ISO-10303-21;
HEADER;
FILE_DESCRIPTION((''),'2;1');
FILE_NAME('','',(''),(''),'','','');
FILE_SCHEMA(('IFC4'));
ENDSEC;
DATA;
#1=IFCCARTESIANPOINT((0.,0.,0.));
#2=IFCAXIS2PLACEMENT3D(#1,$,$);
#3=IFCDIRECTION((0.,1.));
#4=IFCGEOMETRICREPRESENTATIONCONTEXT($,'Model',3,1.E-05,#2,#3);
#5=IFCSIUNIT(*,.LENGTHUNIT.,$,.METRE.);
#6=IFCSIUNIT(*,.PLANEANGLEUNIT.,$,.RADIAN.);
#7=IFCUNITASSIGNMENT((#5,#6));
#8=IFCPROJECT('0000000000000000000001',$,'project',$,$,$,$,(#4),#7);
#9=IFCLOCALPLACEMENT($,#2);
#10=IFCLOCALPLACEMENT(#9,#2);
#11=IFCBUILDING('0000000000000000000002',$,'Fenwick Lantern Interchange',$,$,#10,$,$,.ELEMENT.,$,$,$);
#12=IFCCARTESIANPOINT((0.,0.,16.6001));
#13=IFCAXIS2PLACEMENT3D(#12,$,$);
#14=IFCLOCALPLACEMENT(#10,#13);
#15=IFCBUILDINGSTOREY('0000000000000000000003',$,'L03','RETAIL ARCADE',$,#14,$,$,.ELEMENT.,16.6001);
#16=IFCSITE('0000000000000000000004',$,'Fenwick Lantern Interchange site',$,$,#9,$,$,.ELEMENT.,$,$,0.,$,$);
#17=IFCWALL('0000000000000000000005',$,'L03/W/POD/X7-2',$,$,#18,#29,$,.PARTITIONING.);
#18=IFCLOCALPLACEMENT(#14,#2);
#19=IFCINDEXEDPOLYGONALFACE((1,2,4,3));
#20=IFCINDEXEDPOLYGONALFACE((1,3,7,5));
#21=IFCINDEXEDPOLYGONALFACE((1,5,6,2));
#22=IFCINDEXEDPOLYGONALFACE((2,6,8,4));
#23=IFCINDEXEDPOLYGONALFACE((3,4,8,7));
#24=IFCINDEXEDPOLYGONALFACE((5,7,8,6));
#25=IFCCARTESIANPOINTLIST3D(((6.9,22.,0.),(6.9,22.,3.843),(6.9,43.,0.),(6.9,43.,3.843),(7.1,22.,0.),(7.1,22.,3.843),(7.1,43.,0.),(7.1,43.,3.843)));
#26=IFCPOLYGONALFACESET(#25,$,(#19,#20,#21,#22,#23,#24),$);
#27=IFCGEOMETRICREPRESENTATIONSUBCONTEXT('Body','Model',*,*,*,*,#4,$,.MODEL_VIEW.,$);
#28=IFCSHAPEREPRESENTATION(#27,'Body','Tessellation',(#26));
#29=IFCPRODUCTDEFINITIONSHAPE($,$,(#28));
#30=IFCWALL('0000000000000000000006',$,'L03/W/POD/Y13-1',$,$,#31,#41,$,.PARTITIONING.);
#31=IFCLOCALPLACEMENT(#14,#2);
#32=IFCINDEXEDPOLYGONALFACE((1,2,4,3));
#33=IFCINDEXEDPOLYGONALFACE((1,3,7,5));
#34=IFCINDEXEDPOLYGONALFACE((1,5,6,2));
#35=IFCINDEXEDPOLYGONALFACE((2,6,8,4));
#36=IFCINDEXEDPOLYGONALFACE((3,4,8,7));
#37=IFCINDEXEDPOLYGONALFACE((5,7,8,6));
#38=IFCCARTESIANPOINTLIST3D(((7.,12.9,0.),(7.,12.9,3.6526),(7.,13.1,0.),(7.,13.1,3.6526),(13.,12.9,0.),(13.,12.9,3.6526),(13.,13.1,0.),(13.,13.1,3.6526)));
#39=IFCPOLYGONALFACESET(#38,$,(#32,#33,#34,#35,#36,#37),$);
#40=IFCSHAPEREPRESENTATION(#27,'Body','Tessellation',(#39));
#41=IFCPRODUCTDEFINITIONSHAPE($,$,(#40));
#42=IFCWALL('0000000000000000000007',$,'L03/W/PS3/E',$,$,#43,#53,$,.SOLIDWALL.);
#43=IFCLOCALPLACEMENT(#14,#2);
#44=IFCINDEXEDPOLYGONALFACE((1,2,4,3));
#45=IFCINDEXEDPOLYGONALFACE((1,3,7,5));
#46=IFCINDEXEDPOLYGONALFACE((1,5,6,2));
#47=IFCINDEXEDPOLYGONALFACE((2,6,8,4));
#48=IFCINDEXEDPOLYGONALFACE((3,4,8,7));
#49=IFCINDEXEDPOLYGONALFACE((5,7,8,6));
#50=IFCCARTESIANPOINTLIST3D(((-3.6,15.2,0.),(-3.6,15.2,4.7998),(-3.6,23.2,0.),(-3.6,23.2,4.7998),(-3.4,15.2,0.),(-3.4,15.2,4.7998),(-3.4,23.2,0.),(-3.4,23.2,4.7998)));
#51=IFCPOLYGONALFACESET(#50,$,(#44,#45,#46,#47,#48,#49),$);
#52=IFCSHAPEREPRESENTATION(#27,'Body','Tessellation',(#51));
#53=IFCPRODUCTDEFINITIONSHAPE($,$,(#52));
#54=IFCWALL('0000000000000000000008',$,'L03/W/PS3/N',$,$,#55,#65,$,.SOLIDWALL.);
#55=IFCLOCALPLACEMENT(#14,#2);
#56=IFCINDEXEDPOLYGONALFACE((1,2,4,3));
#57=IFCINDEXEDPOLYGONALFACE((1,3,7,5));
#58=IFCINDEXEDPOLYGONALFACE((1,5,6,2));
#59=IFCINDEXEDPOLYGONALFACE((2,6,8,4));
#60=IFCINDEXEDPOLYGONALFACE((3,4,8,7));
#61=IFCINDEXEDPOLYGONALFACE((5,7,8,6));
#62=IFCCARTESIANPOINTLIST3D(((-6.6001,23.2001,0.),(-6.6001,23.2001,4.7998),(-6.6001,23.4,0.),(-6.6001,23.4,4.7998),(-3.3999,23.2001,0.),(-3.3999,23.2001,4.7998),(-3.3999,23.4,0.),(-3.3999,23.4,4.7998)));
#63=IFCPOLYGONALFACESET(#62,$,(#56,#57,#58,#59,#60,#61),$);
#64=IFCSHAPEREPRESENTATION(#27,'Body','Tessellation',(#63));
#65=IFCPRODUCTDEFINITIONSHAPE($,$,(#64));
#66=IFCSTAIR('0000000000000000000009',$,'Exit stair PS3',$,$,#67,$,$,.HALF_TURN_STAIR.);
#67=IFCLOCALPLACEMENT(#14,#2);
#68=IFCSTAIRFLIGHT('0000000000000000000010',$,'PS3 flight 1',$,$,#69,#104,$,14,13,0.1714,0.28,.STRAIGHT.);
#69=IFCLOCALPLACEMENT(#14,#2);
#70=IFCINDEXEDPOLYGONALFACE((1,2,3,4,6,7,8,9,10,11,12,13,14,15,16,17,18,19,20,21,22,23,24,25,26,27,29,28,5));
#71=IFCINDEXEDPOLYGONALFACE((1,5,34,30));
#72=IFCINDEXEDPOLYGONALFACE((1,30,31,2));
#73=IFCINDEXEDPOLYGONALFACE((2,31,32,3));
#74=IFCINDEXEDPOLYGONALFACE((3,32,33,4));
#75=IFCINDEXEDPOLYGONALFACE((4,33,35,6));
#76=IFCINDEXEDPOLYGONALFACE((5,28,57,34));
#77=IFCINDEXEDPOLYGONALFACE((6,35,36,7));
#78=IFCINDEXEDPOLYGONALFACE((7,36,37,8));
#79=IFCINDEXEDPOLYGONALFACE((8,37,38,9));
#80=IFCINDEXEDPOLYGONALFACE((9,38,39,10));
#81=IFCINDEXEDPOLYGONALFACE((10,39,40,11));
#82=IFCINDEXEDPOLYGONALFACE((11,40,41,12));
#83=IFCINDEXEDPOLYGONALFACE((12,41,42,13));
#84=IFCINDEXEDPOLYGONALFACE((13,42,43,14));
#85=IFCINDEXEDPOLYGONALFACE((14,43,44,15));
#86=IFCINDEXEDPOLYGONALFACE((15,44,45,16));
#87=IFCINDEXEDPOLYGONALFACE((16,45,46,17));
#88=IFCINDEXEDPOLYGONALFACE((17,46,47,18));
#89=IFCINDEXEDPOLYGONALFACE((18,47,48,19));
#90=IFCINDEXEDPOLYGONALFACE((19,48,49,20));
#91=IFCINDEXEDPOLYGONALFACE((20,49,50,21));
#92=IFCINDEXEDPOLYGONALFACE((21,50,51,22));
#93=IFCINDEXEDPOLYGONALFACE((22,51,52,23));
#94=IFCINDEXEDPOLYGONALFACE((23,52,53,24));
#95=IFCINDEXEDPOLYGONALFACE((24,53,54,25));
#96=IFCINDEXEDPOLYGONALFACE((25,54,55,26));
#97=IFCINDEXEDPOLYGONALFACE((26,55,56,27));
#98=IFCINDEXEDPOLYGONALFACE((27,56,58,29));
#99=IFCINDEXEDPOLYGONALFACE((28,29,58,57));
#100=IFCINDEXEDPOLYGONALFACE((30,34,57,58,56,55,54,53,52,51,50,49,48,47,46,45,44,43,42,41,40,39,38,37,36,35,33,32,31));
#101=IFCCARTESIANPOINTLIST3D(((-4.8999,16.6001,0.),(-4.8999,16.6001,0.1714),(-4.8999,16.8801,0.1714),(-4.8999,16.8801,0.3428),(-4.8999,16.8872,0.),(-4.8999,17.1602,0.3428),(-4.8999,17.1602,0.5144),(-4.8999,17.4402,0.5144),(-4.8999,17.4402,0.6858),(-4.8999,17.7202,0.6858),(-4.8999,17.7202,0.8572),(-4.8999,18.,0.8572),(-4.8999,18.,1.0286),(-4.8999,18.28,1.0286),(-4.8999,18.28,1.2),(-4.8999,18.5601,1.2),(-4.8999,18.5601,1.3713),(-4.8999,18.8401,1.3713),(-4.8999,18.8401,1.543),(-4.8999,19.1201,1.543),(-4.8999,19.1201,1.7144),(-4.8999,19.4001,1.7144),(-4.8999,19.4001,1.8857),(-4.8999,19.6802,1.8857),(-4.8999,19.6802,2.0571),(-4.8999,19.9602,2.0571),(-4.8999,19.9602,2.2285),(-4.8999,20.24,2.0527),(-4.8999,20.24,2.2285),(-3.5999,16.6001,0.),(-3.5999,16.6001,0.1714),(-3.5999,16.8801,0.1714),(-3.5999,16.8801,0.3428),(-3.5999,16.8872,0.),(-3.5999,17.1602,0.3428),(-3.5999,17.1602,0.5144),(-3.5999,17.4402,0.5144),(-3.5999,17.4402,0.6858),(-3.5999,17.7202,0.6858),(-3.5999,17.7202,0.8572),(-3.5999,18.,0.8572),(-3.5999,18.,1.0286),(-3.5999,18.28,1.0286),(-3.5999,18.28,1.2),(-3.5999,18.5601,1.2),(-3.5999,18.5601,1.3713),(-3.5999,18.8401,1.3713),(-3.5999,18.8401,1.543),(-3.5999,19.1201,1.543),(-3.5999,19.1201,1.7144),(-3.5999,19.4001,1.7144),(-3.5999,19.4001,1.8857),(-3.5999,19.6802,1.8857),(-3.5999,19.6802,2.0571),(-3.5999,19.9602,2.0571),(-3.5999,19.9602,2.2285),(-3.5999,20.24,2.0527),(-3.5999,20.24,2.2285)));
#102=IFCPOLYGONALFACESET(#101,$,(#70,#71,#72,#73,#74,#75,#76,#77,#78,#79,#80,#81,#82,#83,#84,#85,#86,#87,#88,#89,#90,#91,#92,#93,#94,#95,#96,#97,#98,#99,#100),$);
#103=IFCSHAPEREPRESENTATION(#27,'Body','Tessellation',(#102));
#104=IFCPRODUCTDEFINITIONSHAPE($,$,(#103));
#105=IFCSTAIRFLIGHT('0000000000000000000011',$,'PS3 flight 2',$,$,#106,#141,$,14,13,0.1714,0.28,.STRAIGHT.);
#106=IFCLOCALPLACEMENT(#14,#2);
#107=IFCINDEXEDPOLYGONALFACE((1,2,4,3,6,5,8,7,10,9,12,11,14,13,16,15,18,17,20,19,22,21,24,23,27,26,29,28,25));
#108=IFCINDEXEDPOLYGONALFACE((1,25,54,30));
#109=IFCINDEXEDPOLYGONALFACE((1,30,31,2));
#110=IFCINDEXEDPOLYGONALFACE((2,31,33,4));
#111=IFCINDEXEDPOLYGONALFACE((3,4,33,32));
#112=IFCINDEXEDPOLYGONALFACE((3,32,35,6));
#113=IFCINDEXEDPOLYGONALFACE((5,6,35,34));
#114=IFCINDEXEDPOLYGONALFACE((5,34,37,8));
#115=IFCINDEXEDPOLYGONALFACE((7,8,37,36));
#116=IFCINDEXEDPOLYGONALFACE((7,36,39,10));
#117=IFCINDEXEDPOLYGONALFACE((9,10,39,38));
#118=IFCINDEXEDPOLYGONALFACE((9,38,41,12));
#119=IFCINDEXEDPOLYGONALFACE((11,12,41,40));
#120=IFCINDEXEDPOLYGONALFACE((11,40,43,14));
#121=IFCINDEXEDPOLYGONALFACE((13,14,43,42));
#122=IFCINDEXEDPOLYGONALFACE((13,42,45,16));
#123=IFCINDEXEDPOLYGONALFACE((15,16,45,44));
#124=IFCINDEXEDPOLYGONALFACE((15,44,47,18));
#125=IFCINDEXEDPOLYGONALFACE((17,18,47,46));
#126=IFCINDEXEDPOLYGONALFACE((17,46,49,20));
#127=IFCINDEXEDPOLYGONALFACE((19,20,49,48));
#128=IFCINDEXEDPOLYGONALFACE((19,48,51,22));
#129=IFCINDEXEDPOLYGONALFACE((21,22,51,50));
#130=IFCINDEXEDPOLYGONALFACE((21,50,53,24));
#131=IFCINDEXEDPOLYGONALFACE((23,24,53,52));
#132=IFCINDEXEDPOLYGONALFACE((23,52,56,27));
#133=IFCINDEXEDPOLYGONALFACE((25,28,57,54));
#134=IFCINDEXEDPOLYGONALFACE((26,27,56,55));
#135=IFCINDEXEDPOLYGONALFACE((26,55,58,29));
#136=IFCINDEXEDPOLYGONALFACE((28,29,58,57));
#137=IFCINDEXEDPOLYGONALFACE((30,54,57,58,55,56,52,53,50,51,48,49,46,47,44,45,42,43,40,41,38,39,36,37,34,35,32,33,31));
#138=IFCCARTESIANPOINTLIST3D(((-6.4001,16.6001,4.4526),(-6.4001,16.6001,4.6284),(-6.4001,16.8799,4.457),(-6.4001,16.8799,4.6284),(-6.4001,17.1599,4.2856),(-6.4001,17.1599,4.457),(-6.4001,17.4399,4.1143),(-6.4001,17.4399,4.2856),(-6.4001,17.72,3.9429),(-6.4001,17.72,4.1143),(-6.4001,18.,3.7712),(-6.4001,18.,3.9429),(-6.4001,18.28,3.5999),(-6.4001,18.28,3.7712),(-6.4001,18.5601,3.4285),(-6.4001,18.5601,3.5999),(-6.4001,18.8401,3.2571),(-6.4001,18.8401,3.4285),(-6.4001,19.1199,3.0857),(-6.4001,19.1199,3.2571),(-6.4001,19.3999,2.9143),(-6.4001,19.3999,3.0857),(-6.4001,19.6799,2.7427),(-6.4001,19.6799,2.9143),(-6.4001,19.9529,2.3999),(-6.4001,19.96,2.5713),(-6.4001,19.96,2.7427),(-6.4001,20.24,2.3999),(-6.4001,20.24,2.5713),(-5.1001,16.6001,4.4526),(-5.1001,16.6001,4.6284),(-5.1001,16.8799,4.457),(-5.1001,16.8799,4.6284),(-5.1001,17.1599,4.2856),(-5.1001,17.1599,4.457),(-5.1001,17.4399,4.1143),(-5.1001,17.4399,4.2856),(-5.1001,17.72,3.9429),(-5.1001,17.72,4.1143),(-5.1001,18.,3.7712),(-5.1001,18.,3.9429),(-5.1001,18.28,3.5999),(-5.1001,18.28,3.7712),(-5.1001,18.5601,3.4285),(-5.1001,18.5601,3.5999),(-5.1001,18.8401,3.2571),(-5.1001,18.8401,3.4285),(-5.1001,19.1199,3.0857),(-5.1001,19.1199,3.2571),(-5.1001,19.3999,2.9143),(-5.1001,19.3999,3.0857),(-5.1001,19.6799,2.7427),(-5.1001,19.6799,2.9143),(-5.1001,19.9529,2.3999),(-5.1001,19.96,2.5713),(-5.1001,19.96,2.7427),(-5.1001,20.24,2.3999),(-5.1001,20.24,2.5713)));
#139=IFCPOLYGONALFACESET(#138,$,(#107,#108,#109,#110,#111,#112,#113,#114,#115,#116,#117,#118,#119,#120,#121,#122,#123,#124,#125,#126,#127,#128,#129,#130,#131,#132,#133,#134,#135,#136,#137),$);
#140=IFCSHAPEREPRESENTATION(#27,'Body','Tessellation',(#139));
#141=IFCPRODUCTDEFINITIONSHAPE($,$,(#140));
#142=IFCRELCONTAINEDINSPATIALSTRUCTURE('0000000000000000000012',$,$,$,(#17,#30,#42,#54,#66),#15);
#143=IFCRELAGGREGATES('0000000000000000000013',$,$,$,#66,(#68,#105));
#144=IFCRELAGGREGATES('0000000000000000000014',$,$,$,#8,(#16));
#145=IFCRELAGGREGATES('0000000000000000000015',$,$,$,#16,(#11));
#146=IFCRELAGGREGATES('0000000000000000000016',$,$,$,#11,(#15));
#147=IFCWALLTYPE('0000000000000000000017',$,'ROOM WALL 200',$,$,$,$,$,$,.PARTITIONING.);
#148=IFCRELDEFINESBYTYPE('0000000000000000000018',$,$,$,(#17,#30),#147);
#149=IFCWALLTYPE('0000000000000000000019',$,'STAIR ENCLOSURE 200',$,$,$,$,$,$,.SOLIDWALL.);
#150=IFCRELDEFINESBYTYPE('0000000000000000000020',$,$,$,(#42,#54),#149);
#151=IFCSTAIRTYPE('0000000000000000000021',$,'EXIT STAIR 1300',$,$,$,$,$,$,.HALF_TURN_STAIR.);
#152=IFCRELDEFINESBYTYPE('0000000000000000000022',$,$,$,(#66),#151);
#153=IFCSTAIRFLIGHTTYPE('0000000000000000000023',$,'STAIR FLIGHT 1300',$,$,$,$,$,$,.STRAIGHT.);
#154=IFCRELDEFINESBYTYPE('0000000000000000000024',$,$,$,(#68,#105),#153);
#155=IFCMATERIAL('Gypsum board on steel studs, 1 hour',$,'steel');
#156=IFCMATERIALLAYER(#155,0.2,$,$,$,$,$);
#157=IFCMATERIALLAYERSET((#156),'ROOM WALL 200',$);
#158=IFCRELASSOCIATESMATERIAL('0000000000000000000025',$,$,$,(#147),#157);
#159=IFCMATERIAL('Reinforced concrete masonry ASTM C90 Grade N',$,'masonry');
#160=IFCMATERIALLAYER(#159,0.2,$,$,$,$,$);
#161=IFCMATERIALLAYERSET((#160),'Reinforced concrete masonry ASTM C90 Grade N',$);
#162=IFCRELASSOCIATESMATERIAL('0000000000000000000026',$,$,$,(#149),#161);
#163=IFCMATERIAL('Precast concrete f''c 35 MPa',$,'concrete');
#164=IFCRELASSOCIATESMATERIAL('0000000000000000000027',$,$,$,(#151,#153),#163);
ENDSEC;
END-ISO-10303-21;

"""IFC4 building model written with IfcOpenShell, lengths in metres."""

from ifc_helpers import new_model, si_unit, direction, frame, frame_2d, origin, place, context, subcontext, project, spatial, polyline, rectangle, outline, extrude, material, layer, layer_set, type_object, element, aggregate, save


model = new_model("IFC4")

# Units and contexts
model_context = context("Model", 3, precision=1e-05, world=origin(), true_north=direction((0.0, 1.0)))
body_context = subcontext(model_context, "Body", "Model", "MODEL_VIEW")
ifc_project = project(units=[si_unit("LENGTHUNIT", "METRE"), si_unit("PLANEANGLEUNIT", "RADIAN")], contexts=[model_context])

# Site, building, storey
site_placement = place(None, origin())
site = spatial("IfcSite", under=ifc_project, at=site_placement, Name="Fenwick Lantern Interchange site", CompositionType="ELEMENT", RefElevation=0.0)
building_placement = place(site_placement, origin())
building = spatial("IfcBuilding", under=site, at=building_placement, Name="Fenwick Lantern Interchange", CompositionType="ELEMENT")
storey_placement = place(building_placement, frame((0.0, 0.0, 16.6001)))
storey = spatial("IfcBuildingStorey", under=building, at=storey_placement, Name="L03", Description="RETAIL ARCADE", CompositionType="ELEMENT", Elevation=16.6001)

# Walls
ifc_material_1 = material(Name="Gypsum board on steel studs, 1 hour", Category="steel")
ifc_layer_1 = layer(ifc_material_1, 0.2)
ifc_layer_set_1 = layer_set([ifc_layer_1], Name="ROOM WALL 200")
wall_type_1 = type_object("IfcWallType", Name="ROOM WALL 200", PredefinedType="PARTITIONING", material=ifc_layer_set_1)
wall_1_placement = place(storey_placement, frame((7.0, 22.0, 0.0), z_axis=(0.0, 0.0, 1.0), x_axis=(0.0, 1.0, 0.0)))
element("IfcWall", 1, at=wall_1_placement, inside=storey, type_object=wall_type_1, Name="L03/W/POD/X7-2", PredefinedType="PARTITIONING", context=body_context, shape_type="SweptSolid", body=[
    extrude(rectangle(XDim=21.0, YDim=0.2, at=frame_2d((10.5, 0.0))), origin(), (0.0, 0.0, 1.0), 3.843),
])
wall_2_placement = place(storey_placement, frame((7.0, 13.0, 0.0), z_axis=(0.0, 0.0, 1.0), x_axis=(1.0, 0.0, 0.0)))
element("IfcWall", 2, at=wall_2_placement, inside=storey, type_object=wall_type_1, Name="L03/W/POD/Y13-1", PredefinedType="PARTITIONING", context=body_context, shape_type="SweptSolid", body=[
    extrude(rectangle(XDim=6.0, YDim=0.2, at=frame_2d((3.0, 0.0))), origin(), (0.0, 0.0, 1.0), 3.6526),
])

# Walls
ifc_material_2 = material(Name="Reinforced concrete masonry ASTM C90 Grade N", Category="masonry")
ifc_layer_2 = layer(ifc_material_2, 0.2)
ifc_layer_set_2 = layer_set([ifc_layer_2], Name="Reinforced concrete masonry ASTM C90 Grade N")
wall_type_2 = type_object("IfcWallType", Name="STAIR ENCLOSURE 200", PredefinedType="SOLIDWALL", material=ifc_layer_set_2)
wall_3_placement = place(storey_placement, frame((-3.5, 15.2, 0.0), z_axis=(0.0, 0.0, 1.0), x_axis=(0.0, 1.0, 0.0)))
element("IfcWall", 3, at=wall_3_placement, inside=storey, type_object=wall_type_2, Name="L03/W/PS3/E", PredefinedType="SOLIDWALL", context=body_context, shape_type="SweptSolid", body=[
    extrude(rectangle(XDim=8.0, YDim=0.2, at=frame_2d((4.0, 0.0))), origin(), (0.0, 0.0, 1.0), 4.7998),
])
wall_4_placement = place(storey_placement, frame((-3.3999, 23.3, 0.0), z_axis=(0.0, 0.0, 1.0), x_axis=(-1.0, 0.0, 0.0)))
element("IfcWall", 4, at=wall_4_placement, inside=storey, type_object=wall_type_2, Name="L03/W/PS3/N", PredefinedType="SOLIDWALL", context=body_context, shape_type="SweptSolid", body=[
    extrude(rectangle(XDim=3.2002, YDim=0.2, at=frame_2d((1.6001, 0.0))), origin(), (0.0, 0.0, 1.0), 4.7998),
])

# Stair, stair flights
ifc_material_3 = material(Name="Precast concrete f'c 35 MPa", Category="concrete")
stair_type = type_object("IfcStairType", Name="EXIT STAIR 1300", PredefinedType="HALF_TURN_STAIR", material=ifc_material_3)
stair_placement = place(storey_placement, origin())
stair = element("IfcStair", 5, at=stair_placement, inside=storey, type_object=stair_type, Name="Exit stair PS3", PredefinedType="HALF_TURN_STAIR")
stair_flight_type = type_object("IfcStairFlightType", Name="STAIR FLIGHT 1300", PredefinedType="STRAIGHT", material=ifc_material_3)
stair_flight_1_placement = place(storey_placement, frame((-4.25, 16.6001, 0.0), z_axis=(0.0, 0.0, 1.0), x_axis=(0.0, 1.0, 0.0)))
stair_flight_1 = element("IfcStairFlight", 6, at=stair_flight_1_placement, type_object=stair_flight_type, Name="PS3 flight 1", NumberOfRisers=14, NumberOfTreads=13, PredefinedType="STRAIGHT", RiserHeight=0.1714, TreadLength=0.28, context=body_context, shape_type="SweptSolid", body=[
    extrude(outline(polyline([(0.0, 0.0), (0.0, 0.1714), (0.28, 0.1714), (0.28, 0.3428), (0.5601, 0.3428), (0.5601, 0.5144), (0.8401, 0.5144), (0.8401, 0.6858), (1.1201, 0.6858), (1.1201, 0.8572), (1.3999, 0.8572), (1.3999, 1.0286), (1.6799, 1.0286), (1.6799, 1.2), (1.96, 1.2), (1.96, 1.3713), (2.24, 1.3713), (2.24, 1.543), (2.52, 1.543), (2.52, 1.7144), (2.8, 1.7144), (2.8, 1.8857), (3.0801, 1.8857), (3.0801, 2.0571), (3.3601, 2.0571), (3.3601, 2.2285), (3.6399, 2.2285), (3.6399, 2.3999), (3.6399, 2.0527), (0.2871, 0.0), (0.0, 0.0)])), frame((0.0, 0.6499, 0.0), z_axis=(0.0, -1.0, 0.0), x_axis=(1.0, 0.0, 0.0)), (0.0, 0.0, 1.0), 1.3),
])
stair_flight_2_placement = place(storey_placement, frame((-5.75, 20.24, 2.3999), z_axis=(0.0, 0.0, 1.0), x_axis=(0.0, -1.0, 0.0)))
stair_flight_2 = element("IfcStairFlight", 7, at=stair_flight_2_placement, type_object=stair_flight_type, Name="PS3 flight 2", NumberOfRisers=14, NumberOfTreads=13, PredefinedType="STRAIGHT", RiserHeight=0.1714, TreadLength=0.28, context=body_context, shape_type="SweptSolid", body=[
    extrude(outline(polyline([(0.0, 0.0), (0.0, 0.1714), (0.28, 0.1714), (0.28, 0.3428), (0.5601, 0.3428), (0.5601, 0.5144), (0.8401, 0.5144), (0.8401, 0.6858), (1.1201, 0.6858), (1.1201, 0.8572), (1.3999, 0.8572), (1.3999, 1.0286), (1.6799, 1.0286), (1.6799, 1.2), (1.96, 1.2), (1.96, 1.3713), (2.24, 1.3713), (2.24, 1.543), (2.52, 1.543), (2.52, 1.7144), (2.8, 1.7144), (2.8, 1.8857), (3.0801, 1.8857), (3.0801, 2.0571), (3.3601, 2.0571), (3.3601, 2.2285), (3.6399, 2.2285), (3.6399, 2.3999), (3.6399, 2.0527), (0.2871, 0.0), (0.0, 0.0)])), frame((0.0, 0.6499, 0.0), z_axis=(0.0, -1.0, 0.0), x_axis=(1.0, 0.0, 0.0)), (0.0, 0.0, 1.0), 1.3),
])
aggregate(stair, [stair_flight_1, stair_flight_2])

save(model, "model.ifc")
